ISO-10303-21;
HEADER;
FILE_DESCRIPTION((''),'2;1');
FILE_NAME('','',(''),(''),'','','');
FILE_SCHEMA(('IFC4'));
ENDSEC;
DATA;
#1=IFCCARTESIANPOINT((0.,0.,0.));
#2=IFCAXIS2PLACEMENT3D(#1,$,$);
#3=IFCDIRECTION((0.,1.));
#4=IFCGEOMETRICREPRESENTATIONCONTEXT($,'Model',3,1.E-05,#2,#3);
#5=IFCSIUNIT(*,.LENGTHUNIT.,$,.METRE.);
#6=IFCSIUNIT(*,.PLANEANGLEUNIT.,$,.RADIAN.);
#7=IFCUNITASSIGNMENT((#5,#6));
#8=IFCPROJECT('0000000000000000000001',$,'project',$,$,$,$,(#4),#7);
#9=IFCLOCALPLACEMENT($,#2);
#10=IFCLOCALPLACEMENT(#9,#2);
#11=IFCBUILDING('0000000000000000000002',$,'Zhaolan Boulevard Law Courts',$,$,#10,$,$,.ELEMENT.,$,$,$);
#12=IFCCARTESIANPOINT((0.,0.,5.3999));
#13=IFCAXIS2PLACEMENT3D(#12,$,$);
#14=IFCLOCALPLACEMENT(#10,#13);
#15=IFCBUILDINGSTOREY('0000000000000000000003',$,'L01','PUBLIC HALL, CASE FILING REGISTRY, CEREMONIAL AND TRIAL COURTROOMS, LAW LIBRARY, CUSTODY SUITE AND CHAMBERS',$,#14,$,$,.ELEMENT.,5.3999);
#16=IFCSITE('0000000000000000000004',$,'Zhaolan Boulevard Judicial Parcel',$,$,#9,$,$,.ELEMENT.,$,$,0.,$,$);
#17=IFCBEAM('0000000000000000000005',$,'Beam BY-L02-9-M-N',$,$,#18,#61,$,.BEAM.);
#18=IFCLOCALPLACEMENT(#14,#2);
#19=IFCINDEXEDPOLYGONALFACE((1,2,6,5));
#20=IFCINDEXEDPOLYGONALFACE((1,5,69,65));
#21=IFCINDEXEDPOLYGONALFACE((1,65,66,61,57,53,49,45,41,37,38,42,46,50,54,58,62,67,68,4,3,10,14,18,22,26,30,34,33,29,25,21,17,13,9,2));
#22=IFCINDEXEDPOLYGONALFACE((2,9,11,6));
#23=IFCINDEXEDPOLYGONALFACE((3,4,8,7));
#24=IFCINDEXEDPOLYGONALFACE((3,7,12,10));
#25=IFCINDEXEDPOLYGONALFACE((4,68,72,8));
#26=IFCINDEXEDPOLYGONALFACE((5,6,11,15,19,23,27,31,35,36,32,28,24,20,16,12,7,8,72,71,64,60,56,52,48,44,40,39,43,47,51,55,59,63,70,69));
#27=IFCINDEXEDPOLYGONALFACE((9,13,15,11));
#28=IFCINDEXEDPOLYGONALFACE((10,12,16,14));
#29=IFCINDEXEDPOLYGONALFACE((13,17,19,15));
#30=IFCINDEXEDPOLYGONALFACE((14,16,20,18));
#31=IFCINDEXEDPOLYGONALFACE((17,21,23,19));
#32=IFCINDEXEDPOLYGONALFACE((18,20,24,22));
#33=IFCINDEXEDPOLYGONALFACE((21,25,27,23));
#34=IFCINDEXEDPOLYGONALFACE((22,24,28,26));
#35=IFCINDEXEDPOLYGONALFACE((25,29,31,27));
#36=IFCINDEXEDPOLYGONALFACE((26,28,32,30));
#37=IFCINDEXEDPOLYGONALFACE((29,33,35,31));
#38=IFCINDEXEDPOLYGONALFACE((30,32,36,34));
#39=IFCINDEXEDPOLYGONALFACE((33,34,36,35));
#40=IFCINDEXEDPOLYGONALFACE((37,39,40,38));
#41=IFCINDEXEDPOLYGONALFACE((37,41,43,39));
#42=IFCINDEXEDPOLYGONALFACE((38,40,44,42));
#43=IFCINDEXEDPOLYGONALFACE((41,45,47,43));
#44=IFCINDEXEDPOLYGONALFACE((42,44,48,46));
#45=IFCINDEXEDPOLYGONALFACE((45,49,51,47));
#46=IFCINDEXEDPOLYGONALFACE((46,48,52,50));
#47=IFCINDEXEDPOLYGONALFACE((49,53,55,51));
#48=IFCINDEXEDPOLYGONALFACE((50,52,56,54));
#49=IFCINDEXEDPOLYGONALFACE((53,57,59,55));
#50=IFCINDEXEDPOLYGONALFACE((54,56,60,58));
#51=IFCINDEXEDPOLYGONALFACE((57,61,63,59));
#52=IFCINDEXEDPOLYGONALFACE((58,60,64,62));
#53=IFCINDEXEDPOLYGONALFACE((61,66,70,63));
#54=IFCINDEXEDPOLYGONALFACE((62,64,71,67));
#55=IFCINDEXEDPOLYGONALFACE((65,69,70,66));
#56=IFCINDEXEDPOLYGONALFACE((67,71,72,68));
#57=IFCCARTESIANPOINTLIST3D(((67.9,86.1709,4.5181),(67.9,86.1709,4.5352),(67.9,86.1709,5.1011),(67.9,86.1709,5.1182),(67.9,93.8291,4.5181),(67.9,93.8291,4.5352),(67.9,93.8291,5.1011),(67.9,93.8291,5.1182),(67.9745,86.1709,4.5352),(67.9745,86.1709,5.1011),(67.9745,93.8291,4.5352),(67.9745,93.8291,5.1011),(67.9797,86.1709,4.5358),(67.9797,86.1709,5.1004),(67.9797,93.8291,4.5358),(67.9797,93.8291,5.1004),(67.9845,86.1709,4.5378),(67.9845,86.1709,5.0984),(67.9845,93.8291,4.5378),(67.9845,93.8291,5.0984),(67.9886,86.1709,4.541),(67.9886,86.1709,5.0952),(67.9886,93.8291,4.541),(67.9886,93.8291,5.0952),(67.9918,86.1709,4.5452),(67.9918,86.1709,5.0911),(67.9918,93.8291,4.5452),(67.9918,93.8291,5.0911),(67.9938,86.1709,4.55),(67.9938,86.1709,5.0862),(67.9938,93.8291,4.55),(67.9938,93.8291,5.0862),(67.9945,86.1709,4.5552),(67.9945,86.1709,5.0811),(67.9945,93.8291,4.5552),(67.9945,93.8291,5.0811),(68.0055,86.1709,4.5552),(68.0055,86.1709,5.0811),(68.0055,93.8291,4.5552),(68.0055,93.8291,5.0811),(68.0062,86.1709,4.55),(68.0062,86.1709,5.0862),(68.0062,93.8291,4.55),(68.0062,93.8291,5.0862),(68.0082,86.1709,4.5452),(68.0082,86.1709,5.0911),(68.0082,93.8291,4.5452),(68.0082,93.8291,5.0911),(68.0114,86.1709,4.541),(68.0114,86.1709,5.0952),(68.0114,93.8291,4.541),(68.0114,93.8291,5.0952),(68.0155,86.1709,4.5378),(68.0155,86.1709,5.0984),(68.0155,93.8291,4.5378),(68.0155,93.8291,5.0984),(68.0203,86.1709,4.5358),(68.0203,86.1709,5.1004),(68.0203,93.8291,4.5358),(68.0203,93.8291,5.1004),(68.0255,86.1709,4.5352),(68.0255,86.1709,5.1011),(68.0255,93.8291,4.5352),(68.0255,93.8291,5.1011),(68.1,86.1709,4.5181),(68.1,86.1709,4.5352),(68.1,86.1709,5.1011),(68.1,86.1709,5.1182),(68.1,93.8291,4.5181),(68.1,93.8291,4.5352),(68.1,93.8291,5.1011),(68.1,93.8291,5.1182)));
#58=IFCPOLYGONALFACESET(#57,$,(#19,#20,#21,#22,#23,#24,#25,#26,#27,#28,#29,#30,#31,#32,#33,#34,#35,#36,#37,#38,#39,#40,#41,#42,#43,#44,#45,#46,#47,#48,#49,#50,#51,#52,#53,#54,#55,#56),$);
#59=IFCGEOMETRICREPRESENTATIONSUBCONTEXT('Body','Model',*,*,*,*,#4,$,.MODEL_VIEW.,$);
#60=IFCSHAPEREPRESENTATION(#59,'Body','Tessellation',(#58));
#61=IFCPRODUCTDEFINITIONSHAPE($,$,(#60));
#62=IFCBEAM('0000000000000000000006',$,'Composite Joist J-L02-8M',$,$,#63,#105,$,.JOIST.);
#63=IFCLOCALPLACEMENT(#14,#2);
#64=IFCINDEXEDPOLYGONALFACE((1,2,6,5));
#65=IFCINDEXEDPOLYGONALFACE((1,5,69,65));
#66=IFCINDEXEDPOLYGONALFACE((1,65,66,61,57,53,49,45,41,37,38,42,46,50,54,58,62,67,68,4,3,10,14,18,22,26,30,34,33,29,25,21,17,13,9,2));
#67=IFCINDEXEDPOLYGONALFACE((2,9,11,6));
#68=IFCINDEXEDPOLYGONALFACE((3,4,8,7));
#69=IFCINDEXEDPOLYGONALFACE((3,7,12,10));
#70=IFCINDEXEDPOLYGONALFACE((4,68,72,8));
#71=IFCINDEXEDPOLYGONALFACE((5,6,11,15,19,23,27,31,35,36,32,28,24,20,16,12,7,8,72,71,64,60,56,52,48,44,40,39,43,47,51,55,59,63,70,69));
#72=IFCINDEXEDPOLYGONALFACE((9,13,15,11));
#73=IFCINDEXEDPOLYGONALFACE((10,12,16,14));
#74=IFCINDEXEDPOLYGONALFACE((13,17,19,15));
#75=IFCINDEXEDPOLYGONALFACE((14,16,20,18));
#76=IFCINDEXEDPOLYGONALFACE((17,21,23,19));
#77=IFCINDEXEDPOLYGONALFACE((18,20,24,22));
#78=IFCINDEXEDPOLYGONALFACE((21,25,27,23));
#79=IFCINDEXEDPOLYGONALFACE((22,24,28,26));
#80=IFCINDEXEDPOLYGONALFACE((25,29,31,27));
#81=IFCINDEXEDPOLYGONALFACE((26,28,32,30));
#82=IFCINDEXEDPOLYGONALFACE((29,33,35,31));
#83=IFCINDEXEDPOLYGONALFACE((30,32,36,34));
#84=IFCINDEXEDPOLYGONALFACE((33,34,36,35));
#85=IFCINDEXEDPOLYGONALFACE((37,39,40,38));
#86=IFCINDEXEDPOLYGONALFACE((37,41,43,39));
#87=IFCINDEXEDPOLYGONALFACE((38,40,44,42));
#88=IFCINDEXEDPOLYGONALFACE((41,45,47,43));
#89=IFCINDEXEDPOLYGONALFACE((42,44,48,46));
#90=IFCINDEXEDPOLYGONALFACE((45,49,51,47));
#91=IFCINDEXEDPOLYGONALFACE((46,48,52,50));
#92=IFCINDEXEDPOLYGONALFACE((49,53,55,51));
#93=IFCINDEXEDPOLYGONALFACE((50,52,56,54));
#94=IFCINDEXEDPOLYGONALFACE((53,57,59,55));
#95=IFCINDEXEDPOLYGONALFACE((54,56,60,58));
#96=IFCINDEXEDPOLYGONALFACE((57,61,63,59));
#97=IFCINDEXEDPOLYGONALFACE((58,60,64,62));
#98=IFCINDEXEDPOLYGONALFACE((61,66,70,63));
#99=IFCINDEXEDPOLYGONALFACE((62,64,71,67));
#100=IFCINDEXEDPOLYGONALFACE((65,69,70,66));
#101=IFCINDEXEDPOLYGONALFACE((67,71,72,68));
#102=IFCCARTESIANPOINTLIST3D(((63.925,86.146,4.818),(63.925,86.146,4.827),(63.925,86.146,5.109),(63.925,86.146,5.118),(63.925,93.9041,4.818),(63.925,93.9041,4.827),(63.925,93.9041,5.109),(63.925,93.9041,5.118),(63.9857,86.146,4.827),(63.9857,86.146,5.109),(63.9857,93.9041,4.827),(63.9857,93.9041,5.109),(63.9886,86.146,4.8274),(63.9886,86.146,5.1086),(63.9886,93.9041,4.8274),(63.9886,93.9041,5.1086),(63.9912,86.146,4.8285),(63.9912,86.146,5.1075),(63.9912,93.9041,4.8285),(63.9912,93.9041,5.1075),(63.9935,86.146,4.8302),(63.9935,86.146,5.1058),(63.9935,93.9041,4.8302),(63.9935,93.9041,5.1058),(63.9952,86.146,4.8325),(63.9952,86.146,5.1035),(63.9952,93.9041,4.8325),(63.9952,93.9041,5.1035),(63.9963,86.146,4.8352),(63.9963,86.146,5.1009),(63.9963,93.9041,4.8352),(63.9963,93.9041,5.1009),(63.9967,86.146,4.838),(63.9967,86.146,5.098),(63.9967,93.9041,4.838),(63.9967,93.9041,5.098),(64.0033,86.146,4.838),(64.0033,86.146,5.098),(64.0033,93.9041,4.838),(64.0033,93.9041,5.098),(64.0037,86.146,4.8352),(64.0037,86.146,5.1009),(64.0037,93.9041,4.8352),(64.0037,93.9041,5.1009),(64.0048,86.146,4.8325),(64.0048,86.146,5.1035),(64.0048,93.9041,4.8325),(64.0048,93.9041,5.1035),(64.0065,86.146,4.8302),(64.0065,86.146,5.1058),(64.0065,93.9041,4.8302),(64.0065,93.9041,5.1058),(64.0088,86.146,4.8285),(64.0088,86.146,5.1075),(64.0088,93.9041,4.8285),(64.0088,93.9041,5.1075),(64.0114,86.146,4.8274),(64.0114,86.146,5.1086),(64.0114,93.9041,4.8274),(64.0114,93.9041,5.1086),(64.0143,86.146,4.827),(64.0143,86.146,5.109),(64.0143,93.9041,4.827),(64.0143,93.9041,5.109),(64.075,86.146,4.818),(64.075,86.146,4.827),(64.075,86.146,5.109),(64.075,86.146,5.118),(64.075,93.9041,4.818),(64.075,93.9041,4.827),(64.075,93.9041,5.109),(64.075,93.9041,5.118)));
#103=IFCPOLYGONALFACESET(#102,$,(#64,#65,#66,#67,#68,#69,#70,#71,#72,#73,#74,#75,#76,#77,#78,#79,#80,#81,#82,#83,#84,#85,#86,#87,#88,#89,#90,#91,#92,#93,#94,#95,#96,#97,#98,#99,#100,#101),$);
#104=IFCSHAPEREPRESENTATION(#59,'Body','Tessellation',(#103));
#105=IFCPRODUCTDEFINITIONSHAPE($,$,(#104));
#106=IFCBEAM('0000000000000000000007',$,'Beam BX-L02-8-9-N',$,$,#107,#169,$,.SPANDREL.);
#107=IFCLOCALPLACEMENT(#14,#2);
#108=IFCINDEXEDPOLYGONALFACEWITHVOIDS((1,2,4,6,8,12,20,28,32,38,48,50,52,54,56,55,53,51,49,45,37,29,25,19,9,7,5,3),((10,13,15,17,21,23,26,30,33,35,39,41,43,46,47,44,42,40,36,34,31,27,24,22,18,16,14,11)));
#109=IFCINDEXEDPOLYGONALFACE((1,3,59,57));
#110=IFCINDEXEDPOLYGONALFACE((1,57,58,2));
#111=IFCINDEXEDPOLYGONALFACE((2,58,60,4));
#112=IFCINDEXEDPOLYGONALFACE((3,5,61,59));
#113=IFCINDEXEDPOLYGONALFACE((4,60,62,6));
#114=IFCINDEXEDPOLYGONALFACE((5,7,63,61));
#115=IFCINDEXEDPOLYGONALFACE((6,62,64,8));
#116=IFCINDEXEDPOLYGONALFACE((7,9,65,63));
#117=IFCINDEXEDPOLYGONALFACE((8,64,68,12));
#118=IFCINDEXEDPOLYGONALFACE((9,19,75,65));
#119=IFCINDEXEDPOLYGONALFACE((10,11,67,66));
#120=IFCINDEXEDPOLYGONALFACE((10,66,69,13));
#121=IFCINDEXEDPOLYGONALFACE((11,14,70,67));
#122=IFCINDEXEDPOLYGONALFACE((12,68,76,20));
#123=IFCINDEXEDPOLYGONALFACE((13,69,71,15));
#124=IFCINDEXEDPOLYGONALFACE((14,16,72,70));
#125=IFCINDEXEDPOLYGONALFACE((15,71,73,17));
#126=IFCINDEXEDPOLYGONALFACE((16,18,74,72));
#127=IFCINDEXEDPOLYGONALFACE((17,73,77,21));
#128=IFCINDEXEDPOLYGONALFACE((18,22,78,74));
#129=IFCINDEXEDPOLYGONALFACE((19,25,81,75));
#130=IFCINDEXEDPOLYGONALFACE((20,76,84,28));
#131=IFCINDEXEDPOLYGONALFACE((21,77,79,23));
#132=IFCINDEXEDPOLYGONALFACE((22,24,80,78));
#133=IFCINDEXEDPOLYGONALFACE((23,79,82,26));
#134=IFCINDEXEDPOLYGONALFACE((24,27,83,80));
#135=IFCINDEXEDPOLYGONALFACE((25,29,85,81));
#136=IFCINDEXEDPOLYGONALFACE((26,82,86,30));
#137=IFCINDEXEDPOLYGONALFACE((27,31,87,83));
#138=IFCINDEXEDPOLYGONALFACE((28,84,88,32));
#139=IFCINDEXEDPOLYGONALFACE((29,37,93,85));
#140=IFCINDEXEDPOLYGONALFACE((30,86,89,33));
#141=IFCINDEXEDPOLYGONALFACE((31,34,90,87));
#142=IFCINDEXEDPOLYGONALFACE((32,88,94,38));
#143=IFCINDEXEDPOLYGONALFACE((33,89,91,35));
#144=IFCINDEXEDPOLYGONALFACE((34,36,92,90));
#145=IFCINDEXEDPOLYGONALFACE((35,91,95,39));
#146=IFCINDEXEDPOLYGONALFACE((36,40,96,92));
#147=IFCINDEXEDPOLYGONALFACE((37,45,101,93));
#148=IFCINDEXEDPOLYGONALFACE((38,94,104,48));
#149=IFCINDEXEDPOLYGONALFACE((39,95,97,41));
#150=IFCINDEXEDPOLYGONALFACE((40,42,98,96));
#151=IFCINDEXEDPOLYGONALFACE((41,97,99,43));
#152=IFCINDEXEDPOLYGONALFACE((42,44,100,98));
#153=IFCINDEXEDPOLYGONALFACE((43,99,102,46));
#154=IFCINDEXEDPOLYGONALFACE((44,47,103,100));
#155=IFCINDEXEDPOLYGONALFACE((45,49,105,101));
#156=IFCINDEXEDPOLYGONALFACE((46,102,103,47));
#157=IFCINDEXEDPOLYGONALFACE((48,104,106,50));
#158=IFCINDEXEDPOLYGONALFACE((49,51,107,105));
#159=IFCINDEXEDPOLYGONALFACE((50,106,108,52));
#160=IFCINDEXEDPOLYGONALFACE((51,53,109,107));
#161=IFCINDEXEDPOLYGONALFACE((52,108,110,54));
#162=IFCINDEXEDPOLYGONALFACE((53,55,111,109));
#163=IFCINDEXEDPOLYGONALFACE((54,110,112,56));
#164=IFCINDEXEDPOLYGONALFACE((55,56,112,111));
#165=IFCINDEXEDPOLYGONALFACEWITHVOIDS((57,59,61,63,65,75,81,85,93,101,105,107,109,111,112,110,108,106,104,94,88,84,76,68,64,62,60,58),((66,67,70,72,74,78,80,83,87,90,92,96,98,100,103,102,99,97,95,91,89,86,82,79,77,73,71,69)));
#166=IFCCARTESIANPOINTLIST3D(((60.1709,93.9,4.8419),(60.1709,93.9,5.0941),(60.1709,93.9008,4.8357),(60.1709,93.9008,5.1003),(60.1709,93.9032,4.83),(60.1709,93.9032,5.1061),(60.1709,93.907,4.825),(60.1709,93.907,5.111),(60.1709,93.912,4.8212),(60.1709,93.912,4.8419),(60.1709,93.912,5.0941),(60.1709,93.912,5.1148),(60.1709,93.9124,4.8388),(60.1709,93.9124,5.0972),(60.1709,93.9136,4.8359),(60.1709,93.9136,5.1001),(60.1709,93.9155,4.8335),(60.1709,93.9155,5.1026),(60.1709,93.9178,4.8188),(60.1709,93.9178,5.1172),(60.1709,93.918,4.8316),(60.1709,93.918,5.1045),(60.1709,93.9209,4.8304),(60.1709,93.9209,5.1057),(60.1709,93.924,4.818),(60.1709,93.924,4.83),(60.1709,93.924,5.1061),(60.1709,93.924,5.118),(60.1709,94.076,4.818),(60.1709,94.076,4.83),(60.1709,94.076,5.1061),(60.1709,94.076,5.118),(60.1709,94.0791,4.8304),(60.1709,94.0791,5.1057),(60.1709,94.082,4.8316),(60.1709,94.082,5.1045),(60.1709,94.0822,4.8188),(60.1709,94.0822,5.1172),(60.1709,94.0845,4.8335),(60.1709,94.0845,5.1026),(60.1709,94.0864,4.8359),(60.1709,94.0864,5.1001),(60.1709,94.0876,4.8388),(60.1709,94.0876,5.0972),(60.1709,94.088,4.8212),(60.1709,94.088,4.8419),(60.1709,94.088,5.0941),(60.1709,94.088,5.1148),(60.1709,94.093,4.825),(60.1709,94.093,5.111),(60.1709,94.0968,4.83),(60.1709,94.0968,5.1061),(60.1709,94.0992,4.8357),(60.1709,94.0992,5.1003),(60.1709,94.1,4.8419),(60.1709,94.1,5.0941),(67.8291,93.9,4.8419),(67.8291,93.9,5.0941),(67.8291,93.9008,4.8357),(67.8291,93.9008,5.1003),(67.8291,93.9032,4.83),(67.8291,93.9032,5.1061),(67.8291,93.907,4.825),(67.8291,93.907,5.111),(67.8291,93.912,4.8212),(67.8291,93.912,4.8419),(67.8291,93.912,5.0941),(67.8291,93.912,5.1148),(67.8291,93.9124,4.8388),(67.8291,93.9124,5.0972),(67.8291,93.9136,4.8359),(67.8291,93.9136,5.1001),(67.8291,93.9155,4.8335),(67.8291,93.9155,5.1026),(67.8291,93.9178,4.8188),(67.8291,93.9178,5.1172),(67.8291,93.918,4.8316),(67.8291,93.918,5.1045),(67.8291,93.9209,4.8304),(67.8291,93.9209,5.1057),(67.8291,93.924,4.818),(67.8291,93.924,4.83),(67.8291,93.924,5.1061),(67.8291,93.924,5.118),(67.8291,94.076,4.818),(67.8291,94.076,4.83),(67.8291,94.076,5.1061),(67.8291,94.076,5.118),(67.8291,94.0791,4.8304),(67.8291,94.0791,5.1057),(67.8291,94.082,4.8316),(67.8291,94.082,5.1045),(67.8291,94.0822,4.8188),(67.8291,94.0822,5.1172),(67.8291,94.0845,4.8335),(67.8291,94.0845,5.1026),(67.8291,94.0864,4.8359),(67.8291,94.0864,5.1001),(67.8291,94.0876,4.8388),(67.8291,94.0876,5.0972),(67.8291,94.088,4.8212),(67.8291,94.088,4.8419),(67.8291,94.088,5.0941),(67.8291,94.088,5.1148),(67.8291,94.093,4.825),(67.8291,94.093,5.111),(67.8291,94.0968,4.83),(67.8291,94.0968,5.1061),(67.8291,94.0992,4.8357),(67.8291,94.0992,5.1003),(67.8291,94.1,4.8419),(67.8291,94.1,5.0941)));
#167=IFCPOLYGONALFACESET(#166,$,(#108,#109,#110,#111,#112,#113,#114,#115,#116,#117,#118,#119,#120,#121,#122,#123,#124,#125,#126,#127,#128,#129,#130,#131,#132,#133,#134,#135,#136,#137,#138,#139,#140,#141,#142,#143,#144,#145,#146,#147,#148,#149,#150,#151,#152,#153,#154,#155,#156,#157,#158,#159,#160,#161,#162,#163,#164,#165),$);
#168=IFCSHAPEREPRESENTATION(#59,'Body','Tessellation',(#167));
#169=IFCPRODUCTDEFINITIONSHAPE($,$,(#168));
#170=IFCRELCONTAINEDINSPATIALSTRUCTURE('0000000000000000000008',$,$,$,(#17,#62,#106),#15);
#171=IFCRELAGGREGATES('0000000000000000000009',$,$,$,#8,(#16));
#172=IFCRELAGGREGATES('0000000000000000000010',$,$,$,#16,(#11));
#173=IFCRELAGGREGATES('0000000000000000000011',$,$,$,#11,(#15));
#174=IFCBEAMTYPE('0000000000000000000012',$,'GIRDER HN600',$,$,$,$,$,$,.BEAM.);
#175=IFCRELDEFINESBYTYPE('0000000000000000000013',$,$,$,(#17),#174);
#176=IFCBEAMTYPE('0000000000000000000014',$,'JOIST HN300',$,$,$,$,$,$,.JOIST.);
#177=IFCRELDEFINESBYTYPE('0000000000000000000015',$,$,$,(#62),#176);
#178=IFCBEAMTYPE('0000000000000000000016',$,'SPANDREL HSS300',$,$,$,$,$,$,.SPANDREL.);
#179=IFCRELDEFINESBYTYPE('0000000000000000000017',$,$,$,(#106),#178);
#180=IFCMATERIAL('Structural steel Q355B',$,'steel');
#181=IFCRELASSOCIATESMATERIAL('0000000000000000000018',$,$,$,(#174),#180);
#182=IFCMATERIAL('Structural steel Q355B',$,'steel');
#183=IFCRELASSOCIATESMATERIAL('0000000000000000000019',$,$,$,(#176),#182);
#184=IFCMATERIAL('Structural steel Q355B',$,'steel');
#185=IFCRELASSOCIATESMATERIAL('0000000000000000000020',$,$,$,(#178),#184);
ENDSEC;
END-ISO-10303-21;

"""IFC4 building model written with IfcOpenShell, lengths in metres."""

from ifc_helpers import new_model, si_unit, direction, frame, origin, origin_2d, place, context, subcontext, project, spatial, hollow_rectangle, i_section, extrude, material, material_profile, profile_set, type_object, element, save


model = new_model("IFC4")

# Units and contexts
model_context = context("Model", 3, precision=1e-05, world=origin(), true_north=direction((0.0, 1.0)))
body_context = subcontext(model_context, "Body", "Model", "MODEL_VIEW")
ifc_project = project(units=[si_unit("LENGTHUNIT", "METRE"), si_unit("PLANEANGLEUNIT", "RADIAN")], contexts=[model_context])

# Site, building, storey
site_placement = place(None, origin())
site = spatial("IfcSite", under=ifc_project, at=site_placement, Name="Zhaolan Boulevard Judicial Parcel", CompositionType="ELEMENT", RefElevation=0.0)
building_placement = place(site_placement, origin())
building = spatial("IfcBuilding", under=site, at=building_placement, Name="Zhaolan Boulevard Law Courts", CompositionType="ELEMENT")
storey_placement = place(building_placement, frame((0.0, 0.0, 5.3999)))
storey = spatial("IfcBuildingStorey", under=building, at=storey_placement, Name="L01", Description="PUBLIC HALL, CASE FILING REGISTRY, CEREMONIAL AND TRIAL COURTROOMS, LAW LIBRARY, CUSTODY SUITE AND CHAMBERS", CompositionType="ELEMENT", Elevation=5.3999)

# Beams
ifc_material_1 = material(Name="Structural steel Q355B", Category="steel")
ifc_material_profile_1 = material_profile(ifc_material_1, i_section(OverallWidth=0.2, OverallDepth=0.6001, WebThickness=0.011, FlangeThickness=0.0171, FilletRadius=0.02, at=origin_2d()), Name="HN600x200")
ifc_profile_set_1 = profile_set([ifc_material_profile_1], Name="Structural steel Q355B")
beam_type_1 = type_object("IfcBeamType", Name="GIRDER HN600", PredefinedType="BEAM", material=ifc_profile_set_1)
beam_1_placement = place(storey_placement, frame((68.0, 86.1709, 4.8181), z_axis=(0.0, 1.0, 0.0), x_axis=(-1.0, 0.0, 0.0)))
element("IfcBeam", 1, at=beam_1_placement, inside=storey, type_object=beam_type_1, Name="Beam BY-L02-9-M-N", PredefinedType="BEAM", context=body_context, shape_type="SweptSolid", body=[
    extrude(i_section(OverallWidth=0.2, OverallDepth=0.6001, WebThickness=0.011, FlangeThickness=0.0171, FilletRadius=0.02, at=origin_2d()), origin(), (0.0, 0.0, 1.0), 7.6582),
])
ifc_material_2 = material(Name="Structural steel Q355B", Category="steel")
ifc_material_profile_2 = material_profile(ifc_material_2, i_section(OverallWidth=0.1499, OverallDepth=0.3, WebThickness=0.0066, FlangeThickness=0.009, FilletRadius=0.011, at=origin_2d()), Name="HN300x150")
ifc_profile_set_2 = profile_set([ifc_material_profile_2], Name="Structural steel Q355B")
beam_type_2 = type_object("IfcBeamType", Name="JOIST HN300", PredefinedType="JOIST", material=ifc_profile_set_2)
beam_2_placement = place(storey_placement, frame((64.0, 86.146, 4.968), z_axis=(0.0, 1.0, 0.0), x_axis=(-1.0, 0.0, 0.0)))
element("IfcBeam", 2, at=beam_2_placement, inside=storey, type_object=beam_type_2, Name="Composite Joist J-L02-8M", PredefinedType="JOIST", context=body_context, shape_type="SweptSolid", body=[
    extrude(i_section(OverallWidth=0.1499, OverallDepth=0.3, WebThickness=0.0066, FlangeThickness=0.009, FilletRadius=0.011, at=origin_2d()), origin(), (0.0, 0.0, 1.0), 7.7581),
])
ifc_material_3 = material(Name="Structural steel Q355B", Category="steel")
ifc_material_profile_3 = material_profile(ifc_material_3, hollow_rectangle(XDim=0.2, YDim=0.3, WallThickness=0.012, InnerFilletRadius=0.012, OuterFilletRadius=0.0239, at=origin_2d()), Name="HSS300x200x12")
ifc_profile_set_3 = profile_set([ifc_material_profile_3], Name="Structural steel Q355B")
beam_type_3 = type_object("IfcBeamType", Name="SPANDREL HSS300", PredefinedType="SPANDREL", material=ifc_profile_set_3)
beam_3_placement = place(storey_placement, frame((60.1709, 94.0, 4.968), z_axis=(1.0, 0.0, 0.0), x_axis=(0.0, 1.0, 0.0)))
element("IfcBeam", 3, at=beam_3_placement, inside=storey, type_object=beam_type_3, Name="Beam BX-L02-8-9-N", PredefinedType="SPANDREL", context=body_context, shape_type="SweptSolid", body=[
    extrude(hollow_rectangle(XDim=0.2, YDim=0.3, WallThickness=0.012, InnerFilletRadius=0.012, OuterFilletRadius=0.0239, at=origin_2d()), origin(), (0.0, 0.0, 1.0), 7.6582),
])

save(model, "model.ifc")
